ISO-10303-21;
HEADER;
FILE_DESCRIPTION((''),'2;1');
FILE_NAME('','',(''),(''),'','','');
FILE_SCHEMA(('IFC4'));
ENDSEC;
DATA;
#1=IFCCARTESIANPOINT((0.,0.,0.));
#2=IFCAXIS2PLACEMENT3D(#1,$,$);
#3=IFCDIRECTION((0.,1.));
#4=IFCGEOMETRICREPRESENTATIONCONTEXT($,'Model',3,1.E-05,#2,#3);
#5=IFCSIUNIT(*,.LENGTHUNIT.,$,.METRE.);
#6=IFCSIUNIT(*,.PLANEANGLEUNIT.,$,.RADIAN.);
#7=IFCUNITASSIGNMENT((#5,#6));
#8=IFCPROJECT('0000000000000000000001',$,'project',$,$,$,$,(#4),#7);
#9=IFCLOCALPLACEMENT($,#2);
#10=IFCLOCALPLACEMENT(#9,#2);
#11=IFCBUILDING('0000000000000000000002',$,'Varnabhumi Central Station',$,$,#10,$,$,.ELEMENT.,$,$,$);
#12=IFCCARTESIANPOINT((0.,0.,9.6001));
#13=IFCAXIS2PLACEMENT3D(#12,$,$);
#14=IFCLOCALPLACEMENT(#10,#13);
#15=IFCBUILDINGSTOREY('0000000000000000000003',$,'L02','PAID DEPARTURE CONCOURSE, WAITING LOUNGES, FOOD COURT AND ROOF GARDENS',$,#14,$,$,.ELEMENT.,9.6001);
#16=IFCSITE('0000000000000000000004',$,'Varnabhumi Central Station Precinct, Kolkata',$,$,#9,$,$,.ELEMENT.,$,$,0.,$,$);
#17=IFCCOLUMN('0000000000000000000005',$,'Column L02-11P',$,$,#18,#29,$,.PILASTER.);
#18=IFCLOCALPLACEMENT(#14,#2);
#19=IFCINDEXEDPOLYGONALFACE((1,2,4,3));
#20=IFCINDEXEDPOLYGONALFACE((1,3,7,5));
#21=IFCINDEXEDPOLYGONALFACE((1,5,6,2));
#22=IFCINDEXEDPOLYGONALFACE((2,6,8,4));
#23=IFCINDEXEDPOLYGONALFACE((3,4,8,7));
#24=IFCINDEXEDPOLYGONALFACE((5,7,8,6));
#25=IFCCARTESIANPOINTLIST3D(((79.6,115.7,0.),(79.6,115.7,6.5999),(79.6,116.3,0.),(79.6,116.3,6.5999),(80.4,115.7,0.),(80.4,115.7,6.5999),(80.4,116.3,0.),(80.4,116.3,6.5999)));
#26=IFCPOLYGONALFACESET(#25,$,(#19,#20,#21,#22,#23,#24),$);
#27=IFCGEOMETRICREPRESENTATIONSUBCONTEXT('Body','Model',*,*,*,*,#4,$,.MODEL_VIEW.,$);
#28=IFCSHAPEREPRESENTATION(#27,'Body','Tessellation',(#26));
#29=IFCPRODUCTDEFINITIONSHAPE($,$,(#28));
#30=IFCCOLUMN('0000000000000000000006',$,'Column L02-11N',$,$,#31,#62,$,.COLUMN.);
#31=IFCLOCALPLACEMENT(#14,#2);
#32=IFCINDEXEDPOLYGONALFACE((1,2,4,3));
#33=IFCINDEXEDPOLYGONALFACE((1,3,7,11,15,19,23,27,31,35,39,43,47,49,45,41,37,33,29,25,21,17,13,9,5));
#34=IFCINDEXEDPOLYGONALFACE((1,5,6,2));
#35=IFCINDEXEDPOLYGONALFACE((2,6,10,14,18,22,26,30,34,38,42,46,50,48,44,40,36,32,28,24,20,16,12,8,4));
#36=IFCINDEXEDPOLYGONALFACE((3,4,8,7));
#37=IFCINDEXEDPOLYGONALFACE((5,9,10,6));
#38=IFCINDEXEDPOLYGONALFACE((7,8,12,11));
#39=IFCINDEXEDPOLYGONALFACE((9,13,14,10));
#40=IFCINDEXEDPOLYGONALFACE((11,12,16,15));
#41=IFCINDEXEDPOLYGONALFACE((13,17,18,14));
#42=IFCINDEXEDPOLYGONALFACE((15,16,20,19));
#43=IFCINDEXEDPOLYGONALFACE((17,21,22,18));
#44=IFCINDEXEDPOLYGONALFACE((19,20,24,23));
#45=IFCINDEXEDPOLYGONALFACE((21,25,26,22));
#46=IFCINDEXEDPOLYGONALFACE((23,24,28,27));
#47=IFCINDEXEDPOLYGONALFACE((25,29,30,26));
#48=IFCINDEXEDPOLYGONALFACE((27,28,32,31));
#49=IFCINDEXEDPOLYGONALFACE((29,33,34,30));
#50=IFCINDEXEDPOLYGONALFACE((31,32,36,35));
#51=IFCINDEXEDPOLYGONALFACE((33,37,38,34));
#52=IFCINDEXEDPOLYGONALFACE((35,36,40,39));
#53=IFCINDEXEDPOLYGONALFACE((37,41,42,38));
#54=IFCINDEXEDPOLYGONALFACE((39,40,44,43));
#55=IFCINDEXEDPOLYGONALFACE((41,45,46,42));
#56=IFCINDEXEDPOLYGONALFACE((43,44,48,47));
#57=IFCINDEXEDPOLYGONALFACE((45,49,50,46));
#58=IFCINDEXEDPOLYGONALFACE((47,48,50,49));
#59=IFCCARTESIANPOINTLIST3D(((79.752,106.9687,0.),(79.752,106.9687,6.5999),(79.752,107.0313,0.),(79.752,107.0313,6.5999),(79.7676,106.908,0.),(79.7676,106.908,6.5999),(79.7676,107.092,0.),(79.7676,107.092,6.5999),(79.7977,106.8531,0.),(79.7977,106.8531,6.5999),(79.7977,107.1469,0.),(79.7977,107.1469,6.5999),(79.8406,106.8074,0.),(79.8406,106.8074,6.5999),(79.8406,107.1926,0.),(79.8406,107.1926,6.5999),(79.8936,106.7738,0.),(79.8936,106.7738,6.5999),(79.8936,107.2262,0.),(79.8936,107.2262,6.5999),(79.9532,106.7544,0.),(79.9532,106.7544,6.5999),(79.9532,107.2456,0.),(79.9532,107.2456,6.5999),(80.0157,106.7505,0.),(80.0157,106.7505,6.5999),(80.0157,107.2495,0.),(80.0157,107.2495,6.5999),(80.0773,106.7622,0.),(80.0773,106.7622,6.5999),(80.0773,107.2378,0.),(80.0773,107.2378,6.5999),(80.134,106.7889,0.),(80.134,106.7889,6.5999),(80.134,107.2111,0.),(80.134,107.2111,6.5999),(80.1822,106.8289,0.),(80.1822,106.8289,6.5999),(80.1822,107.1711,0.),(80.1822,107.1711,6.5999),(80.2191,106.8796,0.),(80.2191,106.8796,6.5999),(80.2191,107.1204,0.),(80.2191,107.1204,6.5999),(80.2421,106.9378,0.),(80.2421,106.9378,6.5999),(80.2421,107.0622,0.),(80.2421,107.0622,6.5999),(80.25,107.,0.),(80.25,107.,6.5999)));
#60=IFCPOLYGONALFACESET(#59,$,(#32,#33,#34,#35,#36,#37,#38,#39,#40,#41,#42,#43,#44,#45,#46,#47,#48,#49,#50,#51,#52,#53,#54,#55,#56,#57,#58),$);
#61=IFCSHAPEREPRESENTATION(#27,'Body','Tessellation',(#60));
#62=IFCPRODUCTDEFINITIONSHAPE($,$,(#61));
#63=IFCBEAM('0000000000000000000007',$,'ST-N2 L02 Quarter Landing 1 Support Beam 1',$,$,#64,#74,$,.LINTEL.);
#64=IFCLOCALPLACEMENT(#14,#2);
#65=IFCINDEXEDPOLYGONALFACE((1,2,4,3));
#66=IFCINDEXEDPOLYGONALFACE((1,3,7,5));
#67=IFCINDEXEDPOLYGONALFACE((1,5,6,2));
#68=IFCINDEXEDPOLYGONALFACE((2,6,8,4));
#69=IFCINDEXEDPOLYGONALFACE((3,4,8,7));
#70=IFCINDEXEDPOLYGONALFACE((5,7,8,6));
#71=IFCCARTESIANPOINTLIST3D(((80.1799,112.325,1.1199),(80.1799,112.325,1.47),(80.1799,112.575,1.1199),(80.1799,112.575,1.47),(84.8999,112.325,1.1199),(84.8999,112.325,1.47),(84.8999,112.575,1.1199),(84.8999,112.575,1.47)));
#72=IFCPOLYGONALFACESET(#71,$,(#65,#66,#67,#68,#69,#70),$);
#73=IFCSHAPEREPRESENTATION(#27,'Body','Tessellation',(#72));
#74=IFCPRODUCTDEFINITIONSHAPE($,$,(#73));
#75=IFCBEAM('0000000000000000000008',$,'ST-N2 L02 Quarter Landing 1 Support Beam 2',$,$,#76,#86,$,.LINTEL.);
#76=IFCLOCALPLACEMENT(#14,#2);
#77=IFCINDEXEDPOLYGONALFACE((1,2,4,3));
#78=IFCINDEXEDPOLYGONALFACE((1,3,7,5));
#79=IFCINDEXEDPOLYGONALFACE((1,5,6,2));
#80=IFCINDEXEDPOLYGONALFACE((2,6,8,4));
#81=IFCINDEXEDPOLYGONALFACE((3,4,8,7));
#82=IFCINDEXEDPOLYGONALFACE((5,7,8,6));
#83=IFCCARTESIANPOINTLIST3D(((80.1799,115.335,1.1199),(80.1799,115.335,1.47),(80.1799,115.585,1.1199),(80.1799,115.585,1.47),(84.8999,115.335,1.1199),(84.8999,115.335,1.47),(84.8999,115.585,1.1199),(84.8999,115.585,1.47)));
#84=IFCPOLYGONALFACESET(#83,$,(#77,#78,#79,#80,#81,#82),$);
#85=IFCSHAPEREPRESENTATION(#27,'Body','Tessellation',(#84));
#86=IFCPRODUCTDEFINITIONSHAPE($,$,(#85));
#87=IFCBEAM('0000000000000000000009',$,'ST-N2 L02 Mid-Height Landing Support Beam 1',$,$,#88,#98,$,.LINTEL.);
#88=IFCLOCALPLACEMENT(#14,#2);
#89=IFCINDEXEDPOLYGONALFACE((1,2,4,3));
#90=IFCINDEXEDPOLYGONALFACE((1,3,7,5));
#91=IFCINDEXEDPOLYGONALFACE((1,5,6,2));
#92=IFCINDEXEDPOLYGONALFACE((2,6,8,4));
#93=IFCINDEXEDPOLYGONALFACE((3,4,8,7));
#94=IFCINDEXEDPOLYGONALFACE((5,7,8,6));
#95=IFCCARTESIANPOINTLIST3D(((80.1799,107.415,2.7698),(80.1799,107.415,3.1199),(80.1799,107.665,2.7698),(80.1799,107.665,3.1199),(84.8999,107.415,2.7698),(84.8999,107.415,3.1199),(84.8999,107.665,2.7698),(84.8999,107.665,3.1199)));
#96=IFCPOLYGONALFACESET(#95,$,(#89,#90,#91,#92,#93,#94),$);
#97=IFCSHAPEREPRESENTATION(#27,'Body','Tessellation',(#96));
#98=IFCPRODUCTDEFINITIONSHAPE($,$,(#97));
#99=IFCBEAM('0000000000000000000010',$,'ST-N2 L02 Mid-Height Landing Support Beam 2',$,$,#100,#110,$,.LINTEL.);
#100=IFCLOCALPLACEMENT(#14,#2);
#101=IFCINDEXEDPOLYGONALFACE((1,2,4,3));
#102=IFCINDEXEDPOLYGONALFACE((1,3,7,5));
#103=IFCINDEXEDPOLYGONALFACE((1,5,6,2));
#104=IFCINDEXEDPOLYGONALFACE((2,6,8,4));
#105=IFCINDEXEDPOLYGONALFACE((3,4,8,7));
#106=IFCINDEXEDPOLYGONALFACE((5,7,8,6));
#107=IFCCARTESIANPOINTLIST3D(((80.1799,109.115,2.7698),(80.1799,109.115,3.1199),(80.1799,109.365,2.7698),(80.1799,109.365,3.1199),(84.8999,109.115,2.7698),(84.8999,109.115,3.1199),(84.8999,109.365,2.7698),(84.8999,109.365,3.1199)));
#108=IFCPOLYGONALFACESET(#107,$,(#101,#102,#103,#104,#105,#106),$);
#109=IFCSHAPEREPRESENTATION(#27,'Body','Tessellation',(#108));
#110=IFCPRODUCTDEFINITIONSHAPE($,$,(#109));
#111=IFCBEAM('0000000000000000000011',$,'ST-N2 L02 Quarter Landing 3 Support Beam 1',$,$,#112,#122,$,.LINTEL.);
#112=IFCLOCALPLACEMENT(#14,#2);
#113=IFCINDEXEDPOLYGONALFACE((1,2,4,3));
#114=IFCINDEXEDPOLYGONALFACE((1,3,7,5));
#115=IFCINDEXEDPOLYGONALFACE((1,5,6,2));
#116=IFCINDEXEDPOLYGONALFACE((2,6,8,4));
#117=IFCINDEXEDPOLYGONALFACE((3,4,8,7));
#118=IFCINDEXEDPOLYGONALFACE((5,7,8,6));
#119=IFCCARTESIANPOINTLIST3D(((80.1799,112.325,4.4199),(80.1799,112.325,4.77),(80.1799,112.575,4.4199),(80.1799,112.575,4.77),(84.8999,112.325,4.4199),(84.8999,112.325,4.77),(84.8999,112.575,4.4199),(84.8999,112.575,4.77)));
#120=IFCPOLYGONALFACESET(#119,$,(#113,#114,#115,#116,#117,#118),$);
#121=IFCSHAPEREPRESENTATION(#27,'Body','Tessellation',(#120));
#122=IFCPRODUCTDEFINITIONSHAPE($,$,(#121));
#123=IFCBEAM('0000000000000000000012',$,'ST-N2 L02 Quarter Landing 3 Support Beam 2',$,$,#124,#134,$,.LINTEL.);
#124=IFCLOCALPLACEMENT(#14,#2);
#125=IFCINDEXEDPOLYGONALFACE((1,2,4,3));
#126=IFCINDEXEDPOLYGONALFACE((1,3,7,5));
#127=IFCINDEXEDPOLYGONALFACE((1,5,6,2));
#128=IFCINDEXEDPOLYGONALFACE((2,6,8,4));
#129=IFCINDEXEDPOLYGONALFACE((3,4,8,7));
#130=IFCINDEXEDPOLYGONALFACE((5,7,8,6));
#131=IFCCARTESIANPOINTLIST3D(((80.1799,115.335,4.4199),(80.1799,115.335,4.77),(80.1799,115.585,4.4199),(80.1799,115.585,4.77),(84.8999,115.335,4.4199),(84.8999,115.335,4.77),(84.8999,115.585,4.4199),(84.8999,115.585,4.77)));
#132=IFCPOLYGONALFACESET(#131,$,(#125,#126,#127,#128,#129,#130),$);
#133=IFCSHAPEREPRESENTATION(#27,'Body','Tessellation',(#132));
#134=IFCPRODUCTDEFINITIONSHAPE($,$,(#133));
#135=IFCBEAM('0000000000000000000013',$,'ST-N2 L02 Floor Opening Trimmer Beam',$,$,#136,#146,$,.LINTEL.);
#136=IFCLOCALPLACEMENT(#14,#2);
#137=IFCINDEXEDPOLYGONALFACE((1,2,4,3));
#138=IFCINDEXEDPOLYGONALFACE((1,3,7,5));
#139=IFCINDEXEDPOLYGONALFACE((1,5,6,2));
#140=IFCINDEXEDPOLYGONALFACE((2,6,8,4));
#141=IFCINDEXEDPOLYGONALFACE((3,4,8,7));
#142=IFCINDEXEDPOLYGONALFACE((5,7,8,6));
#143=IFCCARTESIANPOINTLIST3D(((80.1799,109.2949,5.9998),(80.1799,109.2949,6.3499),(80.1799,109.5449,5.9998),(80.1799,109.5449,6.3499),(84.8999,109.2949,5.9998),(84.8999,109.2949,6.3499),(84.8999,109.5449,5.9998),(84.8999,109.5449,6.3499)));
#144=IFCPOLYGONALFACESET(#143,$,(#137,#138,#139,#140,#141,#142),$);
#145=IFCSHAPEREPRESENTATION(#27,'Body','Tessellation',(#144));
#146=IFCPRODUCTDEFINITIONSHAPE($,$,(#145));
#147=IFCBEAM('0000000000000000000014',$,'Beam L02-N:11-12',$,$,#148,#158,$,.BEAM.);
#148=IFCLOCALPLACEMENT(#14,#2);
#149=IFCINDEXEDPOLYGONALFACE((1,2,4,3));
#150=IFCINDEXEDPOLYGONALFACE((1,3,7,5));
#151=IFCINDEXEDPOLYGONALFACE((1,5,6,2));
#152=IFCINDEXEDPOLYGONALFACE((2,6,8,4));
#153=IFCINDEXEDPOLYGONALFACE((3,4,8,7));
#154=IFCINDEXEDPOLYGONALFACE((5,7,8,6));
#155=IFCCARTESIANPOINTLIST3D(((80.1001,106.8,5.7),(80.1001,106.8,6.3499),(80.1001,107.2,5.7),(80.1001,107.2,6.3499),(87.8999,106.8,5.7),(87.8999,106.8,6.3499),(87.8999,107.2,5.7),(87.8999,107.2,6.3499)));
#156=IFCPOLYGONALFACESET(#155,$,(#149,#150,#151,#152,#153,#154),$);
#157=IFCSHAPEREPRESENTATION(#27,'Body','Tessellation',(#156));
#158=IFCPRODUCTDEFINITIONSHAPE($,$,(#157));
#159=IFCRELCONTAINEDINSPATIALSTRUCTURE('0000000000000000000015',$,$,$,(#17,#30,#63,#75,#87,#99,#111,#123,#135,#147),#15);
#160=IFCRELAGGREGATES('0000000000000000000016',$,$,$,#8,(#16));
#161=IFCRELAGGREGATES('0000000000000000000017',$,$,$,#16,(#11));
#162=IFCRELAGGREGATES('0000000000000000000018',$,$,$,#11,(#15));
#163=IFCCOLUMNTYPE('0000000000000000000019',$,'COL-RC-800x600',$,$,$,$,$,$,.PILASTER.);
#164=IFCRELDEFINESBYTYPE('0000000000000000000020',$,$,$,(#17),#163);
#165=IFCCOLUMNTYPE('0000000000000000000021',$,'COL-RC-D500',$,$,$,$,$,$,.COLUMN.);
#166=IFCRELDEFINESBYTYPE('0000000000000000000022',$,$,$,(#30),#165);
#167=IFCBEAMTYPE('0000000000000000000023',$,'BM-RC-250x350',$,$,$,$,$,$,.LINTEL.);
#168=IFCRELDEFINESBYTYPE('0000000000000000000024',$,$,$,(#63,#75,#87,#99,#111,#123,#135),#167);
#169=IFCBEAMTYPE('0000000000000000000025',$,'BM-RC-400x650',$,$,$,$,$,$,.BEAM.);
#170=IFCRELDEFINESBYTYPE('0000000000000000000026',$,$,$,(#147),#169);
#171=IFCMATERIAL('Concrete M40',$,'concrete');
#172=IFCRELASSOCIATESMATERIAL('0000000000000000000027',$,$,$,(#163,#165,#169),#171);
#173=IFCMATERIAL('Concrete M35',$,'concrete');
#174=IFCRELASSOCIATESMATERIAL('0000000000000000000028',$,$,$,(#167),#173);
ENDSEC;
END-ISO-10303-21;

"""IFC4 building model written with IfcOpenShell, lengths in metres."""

from ifc_helpers import new_model, si_unit, direction, frame, origin, origin_2d, place, context, subcontext, project, spatial, rectangle, circle, extrude, material, material_profile, profile_set, type_object, element, save


model = new_model("IFC4")

# Units and contexts
model_context = context("Model", 3, precision=1e-05, world=origin(), true_north=direction((0.0, 1.0)))
body_context = subcontext(model_context, "Body", "Model", "MODEL_VIEW")
ifc_project = project(units=[si_unit("LENGTHUNIT", "METRE"), si_unit("PLANEANGLEUNIT", "RADIAN")], contexts=[model_context])

# Site, building, storey
site_placement = place(None, origin())
site = spatial("IfcSite", under=ifc_project, at=site_placement, Name="Varnabhumi Central Station Precinct, Kolkata", CompositionType="ELEMENT", RefElevation=0.0)
building_placement = place(site_placement, origin())
building = spatial("IfcBuilding", under=site, at=building_placement, Name="Varnabhumi Central Station", CompositionType="ELEMENT")
storey_placement = place(building_placement, frame((0.0, 0.0, 9.6001)))
storey = spatial("IfcBuildingStorey", under=building, at=storey_placement, Name="L02", Description="PAID DEPARTURE CONCOURSE, WAITING LOUNGES, FOOD COURT AND ROOF GARDENS", CompositionType="ELEMENT", Elevation=9.6001)

# Columns
ifc_material_1 = material(Name="Concrete M40", Category="concrete")
ifc_material_profile_1 = material_profile(ifc_material_1, rectangle(XDim=0.8, YDim=0.6001, at=origin_2d()), Name="Concrete M40", Category="concrete")
ifc_profile_set_1 = profile_set([ifc_material_profile_1], Name="Concrete M40")
column_type_1 = type_object("IfcColumnType", Name="COL-RC-800x600", PredefinedType="PILASTER", material=ifc_profile_set_1)
column_1_placement = place(storey_placement, frame((80.0, 116.0, 0.0), z_axis=(0.0, 0.0, 1.0), x_axis=(1.0, 0.0, 0.0)))
element("IfcColumn", 1, at=column_1_placement, inside=storey, type_object=column_type_1, Name="Column L02-11P", PredefinedType="PILASTER", context=body_context, shape_type="SweptSolid", body=[
    extrude(rectangle(XDim=0.8, YDim=0.6001, at=origin_2d()), origin(), (0.0, 0.0, 1.0), 6.5999),
])
ifc_material_profile_2 = material_profile(ifc_material_1, circle(Radius=0.25, at=origin_2d()), Name="Concrete M40", Category="concrete")
ifc_profile_set_2 = profile_set([ifc_material_profile_2], Name="Concrete M40")
column_type_2 = type_object("IfcColumnType", Name="COL-RC-D500", PredefinedType="COLUMN", material=ifc_profile_set_2)
column_2_placement = place(storey_placement, frame((80.0, 107.0, 0.0), z_axis=(0.0, 0.0, 1.0), x_axis=(1.0, 0.0, 0.0)))
element("IfcColumn", 2, at=column_2_placement, inside=storey, type_object=column_type_2, Name="Column L02-11N", PredefinedType="COLUMN", context=body_context, shape_type="SweptSolid", body=[
    extrude(circle(Radius=0.25, at=origin_2d()), origin(), (0.0, 0.0, 1.0), 6.5999),
])

# Beams
ifc_material_2 = material(Name="Concrete M35", Category="concrete")
ifc_material_profile_3 = material_profile(ifc_material_2, rectangle(XDim=0.25, YDim=0.3501, at=origin_2d()), Name="Concrete M35", Category="concrete")
ifc_profile_set_3 = profile_set([ifc_material_profile_3], Name="Concrete M35")
beam_type_1 = type_object("IfcBeamType", Name="BM-RC-250x350", PredefinedType="LINTEL", material=ifc_profile_set_3)
for number, where, z_axis, x_axis, name in (
    (3, (80.1799, 112.45, 1.2949), (1.0, 0.0, 0.0), (0.0, 1.0, 0.0), "ST-N2 L02 Quarter Landing 1 Support Beam 1"),
    (4, (80.1799, 115.46, 1.2949), (1.0, 0.0, 0.0), (0.0, 1.0, 0.0), "ST-N2 L02 Quarter Landing 1 Support Beam 2"),
    (5, (80.1799, 107.54, 2.9448), (1.0, 0.0, 0.0), (0.0, 1.0, 0.0), "ST-N2 L02 Mid-Height Landing Support Beam 1"),
    (6, (80.1799, 109.24, 2.9448), (1.0, 0.0, 0.0), (0.0, 1.0, 0.0), "ST-N2 L02 Mid-Height Landing Support Beam 2"),
    (7, (80.1799, 112.45, 4.595), (1.0, 0.0, 0.0), (0.0, 1.0, 0.0), "ST-N2 L02 Quarter Landing 3 Support Beam 1"),
    (8, (80.1799, 115.46, 4.595), (1.0, 0.0, 0.0), (0.0, 1.0, 0.0), "ST-N2 L02 Quarter Landing 3 Support Beam 2"),
    (9, (80.1799, 109.4199, 6.1748), (1.0, 0.0, 0.0), (0.0, 1.0, 0.0), "ST-N2 L02 Floor Opening Trimmer Beam"),
):
    element("IfcBeam", number, at=place(storey_placement, frame(where, z_axis=z_axis, x_axis=x_axis)), inside=storey, type_object=beam_type_1, Name=name, PredefinedType="LINTEL", context=body_context, shape_type="SweptSolid", body=[
        extrude(rectangle(XDim=0.25, YDim=0.3501, at=origin_2d()), origin(), (0.0, 0.0, 1.0), 4.72),
    ])
ifc_material_profile_4 = material_profile(ifc_material_1, rectangle(XDim=0.3999, YDim=0.6499, at=origin_2d()), Name="Concrete M40", Category="concrete")
ifc_profile_set_4 = profile_set([ifc_material_profile_4], Name="Concrete M40")
beam_type_2 = type_object("IfcBeamType", Name="BM-RC-400x650", PredefinedType="BEAM", material=ifc_profile_set_4)
beam_1_placement = place(storey_placement, frame((80.1001, 107.0, 6.0249), z_axis=(1.0, 0.0, 0.0), x_axis=(0.0, 1.0, 0.0)))
element("IfcBeam", 10, at=beam_1_placement, inside=storey, type_object=beam_type_2, Name="Beam L02-N:11-12", PredefinedType="BEAM", context=body_context, shape_type="SweptSolid", body=[
    extrude(rectangle(XDim=0.3999, YDim=0.6499, at=origin_2d()), origin(), (0.0, 0.0, 1.0), 7.7998),
])

save(model, "model.ifc")
